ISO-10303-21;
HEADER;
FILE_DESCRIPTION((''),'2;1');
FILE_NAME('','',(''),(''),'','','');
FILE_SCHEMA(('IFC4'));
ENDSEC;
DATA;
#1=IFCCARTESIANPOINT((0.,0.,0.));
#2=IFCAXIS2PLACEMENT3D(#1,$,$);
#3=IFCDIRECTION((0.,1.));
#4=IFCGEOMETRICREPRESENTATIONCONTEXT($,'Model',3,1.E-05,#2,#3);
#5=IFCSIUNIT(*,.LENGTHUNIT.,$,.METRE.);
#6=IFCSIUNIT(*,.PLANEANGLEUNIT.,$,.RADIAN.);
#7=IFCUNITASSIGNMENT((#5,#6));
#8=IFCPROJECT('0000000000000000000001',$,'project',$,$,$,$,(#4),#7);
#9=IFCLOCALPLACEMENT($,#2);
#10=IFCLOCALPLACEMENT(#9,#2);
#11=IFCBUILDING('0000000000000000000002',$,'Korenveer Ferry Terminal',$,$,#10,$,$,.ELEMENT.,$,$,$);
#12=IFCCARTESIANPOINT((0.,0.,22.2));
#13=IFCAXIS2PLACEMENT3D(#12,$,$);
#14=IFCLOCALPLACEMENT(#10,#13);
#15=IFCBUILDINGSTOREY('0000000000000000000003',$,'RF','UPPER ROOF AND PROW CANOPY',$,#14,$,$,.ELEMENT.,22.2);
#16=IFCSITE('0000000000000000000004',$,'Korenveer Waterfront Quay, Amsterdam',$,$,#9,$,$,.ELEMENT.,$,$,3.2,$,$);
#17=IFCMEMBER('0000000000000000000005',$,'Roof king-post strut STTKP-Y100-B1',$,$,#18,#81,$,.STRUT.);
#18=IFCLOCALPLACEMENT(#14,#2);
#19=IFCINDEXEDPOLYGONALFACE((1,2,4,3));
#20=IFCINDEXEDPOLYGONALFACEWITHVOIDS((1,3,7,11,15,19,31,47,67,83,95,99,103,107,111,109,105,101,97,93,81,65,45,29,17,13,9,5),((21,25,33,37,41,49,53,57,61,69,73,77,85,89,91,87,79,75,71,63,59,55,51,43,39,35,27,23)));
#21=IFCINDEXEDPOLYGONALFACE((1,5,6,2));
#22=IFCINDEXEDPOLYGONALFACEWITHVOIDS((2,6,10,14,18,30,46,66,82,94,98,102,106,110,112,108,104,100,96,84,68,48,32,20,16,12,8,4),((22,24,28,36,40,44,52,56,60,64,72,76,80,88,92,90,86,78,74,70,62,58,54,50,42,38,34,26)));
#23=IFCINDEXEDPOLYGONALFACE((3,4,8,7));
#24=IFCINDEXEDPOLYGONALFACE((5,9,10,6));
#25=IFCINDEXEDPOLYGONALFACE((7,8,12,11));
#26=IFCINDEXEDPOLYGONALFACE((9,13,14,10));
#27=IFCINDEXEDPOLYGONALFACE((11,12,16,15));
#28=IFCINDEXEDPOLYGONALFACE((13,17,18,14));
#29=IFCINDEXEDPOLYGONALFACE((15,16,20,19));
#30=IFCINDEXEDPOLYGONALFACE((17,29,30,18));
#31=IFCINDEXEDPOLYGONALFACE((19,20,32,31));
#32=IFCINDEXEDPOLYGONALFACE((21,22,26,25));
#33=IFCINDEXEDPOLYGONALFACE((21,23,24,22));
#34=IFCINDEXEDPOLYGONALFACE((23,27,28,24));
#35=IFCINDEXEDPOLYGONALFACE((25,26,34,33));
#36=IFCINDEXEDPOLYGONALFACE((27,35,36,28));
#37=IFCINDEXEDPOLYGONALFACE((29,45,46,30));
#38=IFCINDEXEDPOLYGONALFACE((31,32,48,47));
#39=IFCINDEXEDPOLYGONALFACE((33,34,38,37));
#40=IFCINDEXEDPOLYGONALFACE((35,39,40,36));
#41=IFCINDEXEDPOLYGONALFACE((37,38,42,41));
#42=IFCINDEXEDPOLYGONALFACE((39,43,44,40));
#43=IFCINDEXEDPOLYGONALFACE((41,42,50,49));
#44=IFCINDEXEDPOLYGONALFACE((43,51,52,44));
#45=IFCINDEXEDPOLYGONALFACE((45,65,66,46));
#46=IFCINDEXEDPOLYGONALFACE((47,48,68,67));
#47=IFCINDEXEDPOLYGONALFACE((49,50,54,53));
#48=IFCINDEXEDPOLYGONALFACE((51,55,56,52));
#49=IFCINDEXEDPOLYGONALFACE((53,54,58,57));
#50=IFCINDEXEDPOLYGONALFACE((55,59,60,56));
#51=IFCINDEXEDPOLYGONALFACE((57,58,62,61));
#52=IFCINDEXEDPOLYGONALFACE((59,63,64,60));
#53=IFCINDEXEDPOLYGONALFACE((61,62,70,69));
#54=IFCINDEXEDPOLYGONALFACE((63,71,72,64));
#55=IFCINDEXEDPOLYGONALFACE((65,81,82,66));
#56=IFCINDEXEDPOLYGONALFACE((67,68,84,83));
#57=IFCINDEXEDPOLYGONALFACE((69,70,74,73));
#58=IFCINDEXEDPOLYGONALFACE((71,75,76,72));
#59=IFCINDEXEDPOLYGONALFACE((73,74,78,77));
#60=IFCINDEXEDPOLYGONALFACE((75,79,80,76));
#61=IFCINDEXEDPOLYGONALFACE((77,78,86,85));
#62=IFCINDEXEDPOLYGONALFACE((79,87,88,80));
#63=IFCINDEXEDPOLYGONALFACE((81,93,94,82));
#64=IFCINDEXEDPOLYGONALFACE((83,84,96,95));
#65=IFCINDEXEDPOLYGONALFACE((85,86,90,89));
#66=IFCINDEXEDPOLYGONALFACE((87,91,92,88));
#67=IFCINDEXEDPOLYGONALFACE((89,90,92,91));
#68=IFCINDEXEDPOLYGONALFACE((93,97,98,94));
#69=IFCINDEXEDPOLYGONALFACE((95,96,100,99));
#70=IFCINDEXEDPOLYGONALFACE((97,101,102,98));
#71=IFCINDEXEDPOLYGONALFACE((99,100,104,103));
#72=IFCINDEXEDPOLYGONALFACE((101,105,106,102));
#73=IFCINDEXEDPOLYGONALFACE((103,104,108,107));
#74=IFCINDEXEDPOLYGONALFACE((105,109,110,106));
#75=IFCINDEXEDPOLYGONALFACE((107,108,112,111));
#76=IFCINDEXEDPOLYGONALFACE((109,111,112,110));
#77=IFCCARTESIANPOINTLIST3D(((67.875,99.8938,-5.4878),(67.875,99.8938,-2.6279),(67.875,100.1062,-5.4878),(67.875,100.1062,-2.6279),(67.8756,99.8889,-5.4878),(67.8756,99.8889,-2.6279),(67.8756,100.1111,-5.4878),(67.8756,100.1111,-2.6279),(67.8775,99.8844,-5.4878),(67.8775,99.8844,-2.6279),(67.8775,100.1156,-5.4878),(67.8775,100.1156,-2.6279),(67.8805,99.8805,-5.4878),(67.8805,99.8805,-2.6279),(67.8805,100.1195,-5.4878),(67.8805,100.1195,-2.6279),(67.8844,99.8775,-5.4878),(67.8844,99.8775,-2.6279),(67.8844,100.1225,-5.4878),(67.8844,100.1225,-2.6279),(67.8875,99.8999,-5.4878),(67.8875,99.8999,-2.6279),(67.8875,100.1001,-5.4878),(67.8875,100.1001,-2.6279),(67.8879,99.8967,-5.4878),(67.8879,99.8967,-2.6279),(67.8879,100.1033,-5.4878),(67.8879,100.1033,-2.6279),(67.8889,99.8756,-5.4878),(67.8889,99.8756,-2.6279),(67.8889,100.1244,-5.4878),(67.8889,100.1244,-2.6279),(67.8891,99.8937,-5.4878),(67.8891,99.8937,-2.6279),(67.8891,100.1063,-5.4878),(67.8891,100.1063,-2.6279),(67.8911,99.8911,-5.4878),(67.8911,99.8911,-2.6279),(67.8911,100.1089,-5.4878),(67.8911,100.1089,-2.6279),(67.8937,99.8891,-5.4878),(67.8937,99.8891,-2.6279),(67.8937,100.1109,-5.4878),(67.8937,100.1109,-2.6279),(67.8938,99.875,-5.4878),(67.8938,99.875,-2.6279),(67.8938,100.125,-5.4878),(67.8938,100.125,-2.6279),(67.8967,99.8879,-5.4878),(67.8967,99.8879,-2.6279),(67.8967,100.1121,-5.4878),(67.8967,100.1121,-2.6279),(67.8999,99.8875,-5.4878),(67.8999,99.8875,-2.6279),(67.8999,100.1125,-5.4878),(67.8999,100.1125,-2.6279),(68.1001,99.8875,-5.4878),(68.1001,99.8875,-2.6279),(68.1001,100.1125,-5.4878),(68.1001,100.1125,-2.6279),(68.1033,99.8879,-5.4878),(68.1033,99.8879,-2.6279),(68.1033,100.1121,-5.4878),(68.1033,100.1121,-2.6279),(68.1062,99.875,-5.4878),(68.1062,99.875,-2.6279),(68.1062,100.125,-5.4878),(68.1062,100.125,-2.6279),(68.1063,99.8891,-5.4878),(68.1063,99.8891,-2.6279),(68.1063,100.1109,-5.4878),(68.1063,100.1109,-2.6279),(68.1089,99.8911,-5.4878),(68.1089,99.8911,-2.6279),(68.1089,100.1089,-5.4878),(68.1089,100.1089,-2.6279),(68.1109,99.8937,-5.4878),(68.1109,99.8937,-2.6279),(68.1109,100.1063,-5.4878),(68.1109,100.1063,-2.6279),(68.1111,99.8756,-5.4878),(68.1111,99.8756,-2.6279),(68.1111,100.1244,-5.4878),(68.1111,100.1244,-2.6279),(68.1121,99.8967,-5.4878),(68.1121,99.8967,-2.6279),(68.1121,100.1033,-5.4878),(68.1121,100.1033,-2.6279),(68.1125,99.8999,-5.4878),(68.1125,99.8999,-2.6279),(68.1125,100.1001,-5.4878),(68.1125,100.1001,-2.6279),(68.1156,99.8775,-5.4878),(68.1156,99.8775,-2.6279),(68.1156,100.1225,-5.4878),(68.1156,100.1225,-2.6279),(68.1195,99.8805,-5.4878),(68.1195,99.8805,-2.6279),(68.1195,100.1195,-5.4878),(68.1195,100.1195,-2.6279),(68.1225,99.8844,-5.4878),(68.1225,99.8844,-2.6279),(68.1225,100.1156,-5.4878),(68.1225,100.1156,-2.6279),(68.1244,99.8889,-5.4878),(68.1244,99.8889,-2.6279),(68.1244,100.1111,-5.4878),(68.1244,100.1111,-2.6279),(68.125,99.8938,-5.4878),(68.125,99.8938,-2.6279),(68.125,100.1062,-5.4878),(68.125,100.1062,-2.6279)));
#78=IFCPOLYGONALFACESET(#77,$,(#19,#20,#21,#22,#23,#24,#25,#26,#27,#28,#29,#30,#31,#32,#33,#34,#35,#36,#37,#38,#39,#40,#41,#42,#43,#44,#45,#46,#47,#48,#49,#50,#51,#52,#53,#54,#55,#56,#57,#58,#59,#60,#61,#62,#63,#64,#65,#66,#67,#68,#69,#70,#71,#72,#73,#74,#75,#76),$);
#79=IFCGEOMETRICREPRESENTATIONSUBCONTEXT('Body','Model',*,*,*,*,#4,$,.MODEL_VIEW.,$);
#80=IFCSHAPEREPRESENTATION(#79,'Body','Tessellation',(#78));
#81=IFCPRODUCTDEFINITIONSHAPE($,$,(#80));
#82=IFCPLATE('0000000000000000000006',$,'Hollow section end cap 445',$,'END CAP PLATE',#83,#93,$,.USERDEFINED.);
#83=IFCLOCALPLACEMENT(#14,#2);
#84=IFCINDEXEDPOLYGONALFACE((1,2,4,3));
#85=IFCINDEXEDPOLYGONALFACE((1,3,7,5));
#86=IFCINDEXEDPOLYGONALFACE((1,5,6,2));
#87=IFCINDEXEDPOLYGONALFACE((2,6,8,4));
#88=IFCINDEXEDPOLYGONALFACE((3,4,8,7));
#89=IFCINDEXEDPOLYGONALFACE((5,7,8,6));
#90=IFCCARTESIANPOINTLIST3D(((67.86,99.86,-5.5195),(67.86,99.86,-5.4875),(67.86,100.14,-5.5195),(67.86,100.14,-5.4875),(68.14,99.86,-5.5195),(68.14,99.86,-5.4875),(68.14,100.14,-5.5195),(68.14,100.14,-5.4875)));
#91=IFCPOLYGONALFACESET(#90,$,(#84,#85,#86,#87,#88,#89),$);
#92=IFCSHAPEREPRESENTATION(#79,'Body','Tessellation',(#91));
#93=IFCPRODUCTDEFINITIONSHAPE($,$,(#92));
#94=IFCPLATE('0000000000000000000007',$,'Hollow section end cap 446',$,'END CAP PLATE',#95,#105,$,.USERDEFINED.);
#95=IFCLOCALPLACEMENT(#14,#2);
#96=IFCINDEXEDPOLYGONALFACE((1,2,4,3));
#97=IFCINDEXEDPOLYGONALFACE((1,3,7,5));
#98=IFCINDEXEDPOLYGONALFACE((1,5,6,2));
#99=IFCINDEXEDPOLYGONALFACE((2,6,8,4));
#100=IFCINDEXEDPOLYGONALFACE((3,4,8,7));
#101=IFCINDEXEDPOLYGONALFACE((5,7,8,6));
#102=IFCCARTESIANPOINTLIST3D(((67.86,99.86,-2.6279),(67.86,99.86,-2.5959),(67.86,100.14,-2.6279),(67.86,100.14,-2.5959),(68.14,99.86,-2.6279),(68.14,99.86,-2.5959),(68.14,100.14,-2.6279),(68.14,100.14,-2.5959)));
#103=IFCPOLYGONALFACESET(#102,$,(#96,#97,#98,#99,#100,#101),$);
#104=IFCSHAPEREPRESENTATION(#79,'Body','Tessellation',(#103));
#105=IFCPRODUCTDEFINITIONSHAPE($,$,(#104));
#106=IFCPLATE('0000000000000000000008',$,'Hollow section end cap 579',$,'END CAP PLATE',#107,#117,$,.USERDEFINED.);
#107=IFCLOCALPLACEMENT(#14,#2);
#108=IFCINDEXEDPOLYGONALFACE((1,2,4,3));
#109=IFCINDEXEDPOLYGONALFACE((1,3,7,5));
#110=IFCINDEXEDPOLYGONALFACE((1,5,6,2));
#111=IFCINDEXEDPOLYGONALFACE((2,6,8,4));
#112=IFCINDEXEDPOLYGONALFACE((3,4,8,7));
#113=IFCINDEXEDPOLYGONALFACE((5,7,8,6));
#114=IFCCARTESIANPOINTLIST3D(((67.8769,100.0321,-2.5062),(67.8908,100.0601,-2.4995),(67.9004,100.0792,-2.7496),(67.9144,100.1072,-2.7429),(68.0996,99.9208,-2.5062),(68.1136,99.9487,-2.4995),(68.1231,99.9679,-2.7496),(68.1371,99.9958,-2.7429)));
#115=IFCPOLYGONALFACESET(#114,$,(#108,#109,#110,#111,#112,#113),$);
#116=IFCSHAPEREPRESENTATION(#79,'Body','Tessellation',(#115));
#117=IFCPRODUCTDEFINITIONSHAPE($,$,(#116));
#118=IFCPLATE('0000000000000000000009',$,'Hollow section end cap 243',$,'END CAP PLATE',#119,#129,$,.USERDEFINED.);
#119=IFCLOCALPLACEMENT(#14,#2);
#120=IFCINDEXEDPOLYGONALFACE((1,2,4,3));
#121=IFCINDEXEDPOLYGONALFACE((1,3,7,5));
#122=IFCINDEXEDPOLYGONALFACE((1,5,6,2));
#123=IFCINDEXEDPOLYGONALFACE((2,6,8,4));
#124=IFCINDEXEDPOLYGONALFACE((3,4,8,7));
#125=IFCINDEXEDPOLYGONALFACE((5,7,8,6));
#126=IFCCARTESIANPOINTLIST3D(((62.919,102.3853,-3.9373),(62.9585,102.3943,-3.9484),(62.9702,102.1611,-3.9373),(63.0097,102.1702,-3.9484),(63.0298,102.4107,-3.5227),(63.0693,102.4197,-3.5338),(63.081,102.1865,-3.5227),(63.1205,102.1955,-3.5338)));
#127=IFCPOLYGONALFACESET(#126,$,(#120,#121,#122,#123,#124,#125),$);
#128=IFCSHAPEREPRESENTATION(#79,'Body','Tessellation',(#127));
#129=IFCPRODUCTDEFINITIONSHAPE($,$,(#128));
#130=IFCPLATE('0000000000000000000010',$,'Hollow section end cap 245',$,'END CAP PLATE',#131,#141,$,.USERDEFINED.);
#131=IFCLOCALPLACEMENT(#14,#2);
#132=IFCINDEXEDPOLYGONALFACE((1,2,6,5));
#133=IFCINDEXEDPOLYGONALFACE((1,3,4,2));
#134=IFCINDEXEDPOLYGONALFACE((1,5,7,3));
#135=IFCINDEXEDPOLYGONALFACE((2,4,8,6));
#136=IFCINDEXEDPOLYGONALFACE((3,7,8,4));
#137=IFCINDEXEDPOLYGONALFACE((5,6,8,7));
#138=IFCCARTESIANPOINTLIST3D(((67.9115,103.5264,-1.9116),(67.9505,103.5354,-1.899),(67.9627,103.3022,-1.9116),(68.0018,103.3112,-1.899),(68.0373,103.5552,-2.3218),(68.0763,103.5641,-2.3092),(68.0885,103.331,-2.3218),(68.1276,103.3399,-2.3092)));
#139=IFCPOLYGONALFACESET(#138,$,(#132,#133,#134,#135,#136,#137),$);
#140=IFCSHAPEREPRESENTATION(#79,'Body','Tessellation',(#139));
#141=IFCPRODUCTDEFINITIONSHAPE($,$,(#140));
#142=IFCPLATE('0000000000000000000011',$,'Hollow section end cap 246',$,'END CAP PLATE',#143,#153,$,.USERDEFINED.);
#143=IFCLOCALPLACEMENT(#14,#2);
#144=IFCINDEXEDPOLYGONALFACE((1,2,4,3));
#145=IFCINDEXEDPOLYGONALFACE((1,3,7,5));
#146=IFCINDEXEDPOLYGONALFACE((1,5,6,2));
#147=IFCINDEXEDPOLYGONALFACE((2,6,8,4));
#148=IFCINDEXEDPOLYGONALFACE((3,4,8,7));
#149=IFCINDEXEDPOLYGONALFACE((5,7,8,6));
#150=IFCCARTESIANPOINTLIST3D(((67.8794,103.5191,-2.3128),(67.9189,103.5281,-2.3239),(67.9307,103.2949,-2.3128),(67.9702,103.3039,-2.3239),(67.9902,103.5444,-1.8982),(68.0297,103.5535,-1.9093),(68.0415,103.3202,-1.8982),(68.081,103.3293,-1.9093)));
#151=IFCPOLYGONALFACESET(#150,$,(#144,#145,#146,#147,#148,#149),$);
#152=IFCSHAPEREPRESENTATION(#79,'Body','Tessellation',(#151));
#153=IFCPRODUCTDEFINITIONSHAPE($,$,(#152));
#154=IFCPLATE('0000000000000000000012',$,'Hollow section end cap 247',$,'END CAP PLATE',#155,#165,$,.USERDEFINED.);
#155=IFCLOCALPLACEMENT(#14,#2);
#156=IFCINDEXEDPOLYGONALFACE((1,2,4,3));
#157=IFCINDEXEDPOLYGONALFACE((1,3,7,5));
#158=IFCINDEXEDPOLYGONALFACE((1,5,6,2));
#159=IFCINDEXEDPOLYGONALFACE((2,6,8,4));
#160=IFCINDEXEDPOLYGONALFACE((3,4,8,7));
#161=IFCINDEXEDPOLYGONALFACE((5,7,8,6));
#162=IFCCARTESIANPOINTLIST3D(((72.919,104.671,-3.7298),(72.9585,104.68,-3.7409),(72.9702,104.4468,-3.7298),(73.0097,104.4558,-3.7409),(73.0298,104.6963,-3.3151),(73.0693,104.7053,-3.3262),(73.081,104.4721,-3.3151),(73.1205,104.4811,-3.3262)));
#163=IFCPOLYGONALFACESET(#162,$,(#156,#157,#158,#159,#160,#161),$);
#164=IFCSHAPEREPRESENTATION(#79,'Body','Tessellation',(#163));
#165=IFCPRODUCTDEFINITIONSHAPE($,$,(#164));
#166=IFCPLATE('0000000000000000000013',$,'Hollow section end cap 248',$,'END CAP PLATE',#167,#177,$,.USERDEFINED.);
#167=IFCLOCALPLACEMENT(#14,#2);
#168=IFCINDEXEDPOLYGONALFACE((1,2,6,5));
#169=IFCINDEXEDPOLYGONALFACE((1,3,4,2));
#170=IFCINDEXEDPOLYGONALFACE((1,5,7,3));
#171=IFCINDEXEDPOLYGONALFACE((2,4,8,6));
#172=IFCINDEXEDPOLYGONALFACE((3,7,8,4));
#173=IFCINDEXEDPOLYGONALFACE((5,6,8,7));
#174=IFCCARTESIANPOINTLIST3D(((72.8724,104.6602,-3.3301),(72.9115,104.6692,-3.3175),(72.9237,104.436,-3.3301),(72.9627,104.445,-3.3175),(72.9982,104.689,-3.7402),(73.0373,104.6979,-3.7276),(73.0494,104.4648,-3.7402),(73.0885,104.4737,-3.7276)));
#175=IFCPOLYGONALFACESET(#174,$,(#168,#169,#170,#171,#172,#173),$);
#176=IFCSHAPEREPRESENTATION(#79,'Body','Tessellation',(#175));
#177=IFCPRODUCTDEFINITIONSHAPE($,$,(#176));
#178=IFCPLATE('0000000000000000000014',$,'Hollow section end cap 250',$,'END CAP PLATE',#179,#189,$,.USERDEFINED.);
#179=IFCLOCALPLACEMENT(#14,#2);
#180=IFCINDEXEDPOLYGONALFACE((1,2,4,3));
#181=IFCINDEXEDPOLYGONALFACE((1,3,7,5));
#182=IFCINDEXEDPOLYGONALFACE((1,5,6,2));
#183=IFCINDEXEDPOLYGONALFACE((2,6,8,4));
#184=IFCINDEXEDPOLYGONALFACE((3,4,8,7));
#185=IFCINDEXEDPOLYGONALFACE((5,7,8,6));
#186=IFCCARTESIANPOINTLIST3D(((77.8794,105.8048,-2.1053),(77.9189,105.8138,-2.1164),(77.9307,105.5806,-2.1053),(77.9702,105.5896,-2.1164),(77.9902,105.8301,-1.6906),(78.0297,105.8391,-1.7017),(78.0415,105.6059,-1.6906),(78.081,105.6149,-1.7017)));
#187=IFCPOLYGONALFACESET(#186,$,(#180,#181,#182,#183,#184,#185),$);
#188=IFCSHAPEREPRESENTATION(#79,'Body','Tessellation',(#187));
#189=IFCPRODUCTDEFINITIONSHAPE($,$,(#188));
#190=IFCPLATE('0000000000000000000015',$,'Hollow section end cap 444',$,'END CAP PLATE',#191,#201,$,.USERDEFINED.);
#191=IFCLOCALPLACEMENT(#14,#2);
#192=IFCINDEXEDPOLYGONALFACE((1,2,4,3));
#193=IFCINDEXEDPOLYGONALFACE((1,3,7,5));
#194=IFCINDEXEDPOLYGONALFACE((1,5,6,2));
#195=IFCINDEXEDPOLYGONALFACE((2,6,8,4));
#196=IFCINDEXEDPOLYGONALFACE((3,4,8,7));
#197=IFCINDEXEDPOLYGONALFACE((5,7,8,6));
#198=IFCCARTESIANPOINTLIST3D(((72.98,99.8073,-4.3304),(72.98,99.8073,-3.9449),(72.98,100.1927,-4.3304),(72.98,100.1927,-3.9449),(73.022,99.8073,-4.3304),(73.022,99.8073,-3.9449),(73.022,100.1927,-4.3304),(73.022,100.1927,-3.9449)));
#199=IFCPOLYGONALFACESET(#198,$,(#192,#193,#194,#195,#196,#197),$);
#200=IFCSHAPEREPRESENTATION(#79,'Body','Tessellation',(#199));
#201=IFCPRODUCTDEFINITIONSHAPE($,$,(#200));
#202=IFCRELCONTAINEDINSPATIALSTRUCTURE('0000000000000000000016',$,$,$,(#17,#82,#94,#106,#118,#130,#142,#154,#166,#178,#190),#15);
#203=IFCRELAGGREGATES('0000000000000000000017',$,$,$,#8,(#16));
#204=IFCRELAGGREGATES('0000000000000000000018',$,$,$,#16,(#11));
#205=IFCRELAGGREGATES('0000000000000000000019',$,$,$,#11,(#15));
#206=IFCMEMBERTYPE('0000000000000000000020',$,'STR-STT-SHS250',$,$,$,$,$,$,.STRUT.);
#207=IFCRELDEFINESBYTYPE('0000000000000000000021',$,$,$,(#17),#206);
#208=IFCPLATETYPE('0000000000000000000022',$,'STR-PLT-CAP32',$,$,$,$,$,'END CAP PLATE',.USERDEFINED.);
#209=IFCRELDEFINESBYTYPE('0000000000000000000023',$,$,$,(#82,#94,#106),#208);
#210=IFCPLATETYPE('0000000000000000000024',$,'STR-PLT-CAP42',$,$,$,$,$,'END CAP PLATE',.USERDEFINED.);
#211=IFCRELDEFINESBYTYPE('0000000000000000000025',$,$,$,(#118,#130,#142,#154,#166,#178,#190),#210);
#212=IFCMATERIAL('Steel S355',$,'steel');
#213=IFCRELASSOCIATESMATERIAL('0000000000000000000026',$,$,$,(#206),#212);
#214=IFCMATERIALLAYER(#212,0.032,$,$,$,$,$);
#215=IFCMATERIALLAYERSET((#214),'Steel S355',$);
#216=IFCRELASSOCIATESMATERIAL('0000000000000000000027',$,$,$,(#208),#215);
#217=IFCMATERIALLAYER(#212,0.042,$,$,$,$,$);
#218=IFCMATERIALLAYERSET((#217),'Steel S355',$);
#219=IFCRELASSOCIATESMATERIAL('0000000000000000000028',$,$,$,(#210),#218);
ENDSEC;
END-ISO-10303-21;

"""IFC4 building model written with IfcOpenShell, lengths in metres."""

from ifc_helpers import new_model, si_unit, direction, frame, origin, origin_2d, place, context, subcontext, project, spatial, rectangle, hollow_rectangle, extrude, material, layer, layer_set, material_profile, profile_set, type_object, element, save


model = new_model("IFC4")

# Units and contexts
model_context = context("Model", 3, precision=1e-05, world=origin(), true_north=direction((0.0, 1.0)))
body_context = subcontext(model_context, "Body", "Model", "MODEL_VIEW")
ifc_project = project(units=[si_unit("LENGTHUNIT", "METRE"), si_unit("PLANEANGLEUNIT", "RADIAN")], contexts=[model_context])

# Site, building, storey
site_placement = place(None, origin())
site = spatial("IfcSite", under=ifc_project, at=site_placement, Name="Korenveer Waterfront Quay, Amsterdam", CompositionType="ELEMENT", RefElevation=3.2)
building_placement = place(site_placement, origin())
building = spatial("IfcBuilding", under=site, at=building_placement, Name="Korenveer Ferry Terminal", CompositionType="ELEMENT")
storey_placement = place(building_placement, frame((0.0, 0.0, 22.2)))
storey = spatial("IfcBuildingStorey", under=building, at=storey_placement, Name="RF", Description="UPPER ROOF AND PROW CANOPY", CompositionType="ELEMENT", Elevation=22.2)

# Shared definitions
ifc_material_1 = material(Name="Steel S355", Category="steel")

# Member
ifc_material_profile_1 = material_profile(ifc_material_1, hollow_rectangle(XDim=0.25, YDim=0.25, WallThickness=0.0125, InnerFilletRadius=0.0125, OuterFilletRadius=0.0188, at=origin_2d()), Name="SHS 250x250x12.5")
ifc_profile_set_1 = profile_set([ifc_material_profile_1], Name="Steel S355")
member_type_1 = type_object("IfcMemberType", Name="STR-STT-SHS250", PredefinedType="STRUT", material=ifc_profile_set_1)
member_placement = place(storey_placement, frame((68.0, 100.0, -5.4878), z_axis=(0.0, 0.0, 1.0), x_axis=(1.0, 0.0, 0.0)))
element("IfcMember", 1, at=member_placement, inside=storey, type_object=member_type_1, Name="Roof king-post strut STTKP-Y100-B1", PredefinedType="STRUT", context=body_context, shape_type="SweptSolid", body=[
    extrude(hollow_rectangle(XDim=0.25, YDim=0.25, WallThickness=0.0125, InnerFilletRadius=0.0125, OuterFilletRadius=0.0188, at=origin_2d()), origin(), (0.0, 0.0, 1.0), 2.8599),
])

# Plates
ifc_layer_1 = layer(ifc_material_1, 0.032)
ifc_layer_set_1 = layer_set([ifc_layer_1], Name="Steel S355")
plate_type_1 = type_object("IfcPlateType", Name="STR-PLT-CAP32", ElementType="END CAP PLATE", PredefinedType="USERDEFINED", material=ifc_layer_set_1)
for number, where, z_axis, x_axis, name in (
    (2, (68.0, 100.0, -5.5195), (0.0, 0.0, 1.0), (1.0, 0.0, 0.0), "Hollow section end cap 445"),
    (3, (68.0, 100.0, -2.6279), (0.0, 0.0, 1.0), (1.0, 0.0, 0.0), "Hollow section end cap 446"),
):
    element("IfcPlate", number, at=place(storey_placement, frame(where, z_axis=z_axis, x_axis=x_axis)), inside=storey, type_object=plate_type_1, Name=name, ObjectType="END CAP PLATE", PredefinedType="USERDEFINED", context=body_context, shape_type="SweptSolid", body=[
        extrude(rectangle(XDim=0.28, YDim=0.28, at=origin_2d()), origin(), (0.0, 0.0, 1.0), 0.032),
    ])
plate_1_placement = place(storey_placement, frame((68.0, 100.0, -2.6279), z_axis=(0.43711, 0.874221, 0.21136), x_axis=(-0.894427, 0.447214, 0.0)))
element("IfcPlate", 4, at=plate_1_placement, inside=storey, type_object=plate_type_1, Name="Hollow section end cap 579", ObjectType="END CAP PLATE", PredefinedType="USERDEFINED", context=body_context, shape_type="SweptSolid", body=[
    extrude(rectangle(XDim=0.249, YDim=0.249, at=origin_2d()), origin(), (0.0, 0.0, 1.0), 0.032),
])
ifc_layer_2 = layer(ifc_material_1, 0.042)
ifc_layer_set_2 = layer_set([ifc_layer_2], Name="Steel S355")
plate_type_2 = type_object("IfcPlateType", Name="STR-PLT-CAP42", ElementType="END CAP PLATE", PredefinedType="USERDEFINED", material=ifc_layer_set_2)
for number, where, z_axis, x_axis, name in (
    (5, (63.0, 102.2859, -3.73), (0.940175, 0.214897, -0.264366), (-0.222825, 0.974859, 0.0), "Hollow section end cap 243"),
    (6, (68.0, 103.4287, -2.1167), (0.92993, 0.212555, 0.300085), (-0.222825, 0.974859, 0.0), "Hollow section end cap 245"),
    (7, (67.9604, 103.4197, -2.1055), (0.940175, 0.214897, -0.264366), (-0.222825, 0.974859, 0.0), "Hollow section end cap 246"),
    (8, (73.0, 104.5715, -3.5225), (0.940175, 0.214897, -0.264366), (-0.222825, 0.974859, 0.0), "Hollow section end cap 247"),
    (9, (72.9609, 104.5625, -3.5352), (0.92993, 0.212555, 0.300085), (-0.222825, 0.974859, 0.0), "Hollow section end cap 248"),
    (10, (77.9604, 105.7053, -1.8979), (0.940175, 0.214897, -0.264366), (-0.222825, 0.974859, 0.0), "Hollow section end cap 250"),
):
    element("IfcPlate", number, at=place(storey_placement, frame(where, z_axis=z_axis, x_axis=x_axis)), inside=storey, type_object=plate_type_2, Name=name, ObjectType="END CAP PLATE", PredefinedType="USERDEFINED", context=body_context, shape_type="SweptSolid", body=[
        extrude(rectangle(XDim=0.23, YDim=0.4299, at=origin_2d()), origin(), (0.0, 0.0, 1.0), 0.042),
    ])
plate_2_placement = place(storey_placement, frame((72.98, 100.0, -4.1377), z_axis=(1.0, 0.0, 0.0), x_axis=(0.0, 1.0, 0.0)))
element("IfcPlate", 11, at=plate_2_placement, inside=storey, type_object=plate_type_2, Name="Hollow section end cap 444", ObjectType="END CAP PLATE", PredefinedType="USERDEFINED", context=body_context, shape_type="SweptSolid", body=[
    extrude(rectangle(XDim=0.3855, YDim=0.3855, at=origin_2d()), origin(), (0.0, 0.0, 1.0), 0.042),
])

save(model, "model.ifc")
